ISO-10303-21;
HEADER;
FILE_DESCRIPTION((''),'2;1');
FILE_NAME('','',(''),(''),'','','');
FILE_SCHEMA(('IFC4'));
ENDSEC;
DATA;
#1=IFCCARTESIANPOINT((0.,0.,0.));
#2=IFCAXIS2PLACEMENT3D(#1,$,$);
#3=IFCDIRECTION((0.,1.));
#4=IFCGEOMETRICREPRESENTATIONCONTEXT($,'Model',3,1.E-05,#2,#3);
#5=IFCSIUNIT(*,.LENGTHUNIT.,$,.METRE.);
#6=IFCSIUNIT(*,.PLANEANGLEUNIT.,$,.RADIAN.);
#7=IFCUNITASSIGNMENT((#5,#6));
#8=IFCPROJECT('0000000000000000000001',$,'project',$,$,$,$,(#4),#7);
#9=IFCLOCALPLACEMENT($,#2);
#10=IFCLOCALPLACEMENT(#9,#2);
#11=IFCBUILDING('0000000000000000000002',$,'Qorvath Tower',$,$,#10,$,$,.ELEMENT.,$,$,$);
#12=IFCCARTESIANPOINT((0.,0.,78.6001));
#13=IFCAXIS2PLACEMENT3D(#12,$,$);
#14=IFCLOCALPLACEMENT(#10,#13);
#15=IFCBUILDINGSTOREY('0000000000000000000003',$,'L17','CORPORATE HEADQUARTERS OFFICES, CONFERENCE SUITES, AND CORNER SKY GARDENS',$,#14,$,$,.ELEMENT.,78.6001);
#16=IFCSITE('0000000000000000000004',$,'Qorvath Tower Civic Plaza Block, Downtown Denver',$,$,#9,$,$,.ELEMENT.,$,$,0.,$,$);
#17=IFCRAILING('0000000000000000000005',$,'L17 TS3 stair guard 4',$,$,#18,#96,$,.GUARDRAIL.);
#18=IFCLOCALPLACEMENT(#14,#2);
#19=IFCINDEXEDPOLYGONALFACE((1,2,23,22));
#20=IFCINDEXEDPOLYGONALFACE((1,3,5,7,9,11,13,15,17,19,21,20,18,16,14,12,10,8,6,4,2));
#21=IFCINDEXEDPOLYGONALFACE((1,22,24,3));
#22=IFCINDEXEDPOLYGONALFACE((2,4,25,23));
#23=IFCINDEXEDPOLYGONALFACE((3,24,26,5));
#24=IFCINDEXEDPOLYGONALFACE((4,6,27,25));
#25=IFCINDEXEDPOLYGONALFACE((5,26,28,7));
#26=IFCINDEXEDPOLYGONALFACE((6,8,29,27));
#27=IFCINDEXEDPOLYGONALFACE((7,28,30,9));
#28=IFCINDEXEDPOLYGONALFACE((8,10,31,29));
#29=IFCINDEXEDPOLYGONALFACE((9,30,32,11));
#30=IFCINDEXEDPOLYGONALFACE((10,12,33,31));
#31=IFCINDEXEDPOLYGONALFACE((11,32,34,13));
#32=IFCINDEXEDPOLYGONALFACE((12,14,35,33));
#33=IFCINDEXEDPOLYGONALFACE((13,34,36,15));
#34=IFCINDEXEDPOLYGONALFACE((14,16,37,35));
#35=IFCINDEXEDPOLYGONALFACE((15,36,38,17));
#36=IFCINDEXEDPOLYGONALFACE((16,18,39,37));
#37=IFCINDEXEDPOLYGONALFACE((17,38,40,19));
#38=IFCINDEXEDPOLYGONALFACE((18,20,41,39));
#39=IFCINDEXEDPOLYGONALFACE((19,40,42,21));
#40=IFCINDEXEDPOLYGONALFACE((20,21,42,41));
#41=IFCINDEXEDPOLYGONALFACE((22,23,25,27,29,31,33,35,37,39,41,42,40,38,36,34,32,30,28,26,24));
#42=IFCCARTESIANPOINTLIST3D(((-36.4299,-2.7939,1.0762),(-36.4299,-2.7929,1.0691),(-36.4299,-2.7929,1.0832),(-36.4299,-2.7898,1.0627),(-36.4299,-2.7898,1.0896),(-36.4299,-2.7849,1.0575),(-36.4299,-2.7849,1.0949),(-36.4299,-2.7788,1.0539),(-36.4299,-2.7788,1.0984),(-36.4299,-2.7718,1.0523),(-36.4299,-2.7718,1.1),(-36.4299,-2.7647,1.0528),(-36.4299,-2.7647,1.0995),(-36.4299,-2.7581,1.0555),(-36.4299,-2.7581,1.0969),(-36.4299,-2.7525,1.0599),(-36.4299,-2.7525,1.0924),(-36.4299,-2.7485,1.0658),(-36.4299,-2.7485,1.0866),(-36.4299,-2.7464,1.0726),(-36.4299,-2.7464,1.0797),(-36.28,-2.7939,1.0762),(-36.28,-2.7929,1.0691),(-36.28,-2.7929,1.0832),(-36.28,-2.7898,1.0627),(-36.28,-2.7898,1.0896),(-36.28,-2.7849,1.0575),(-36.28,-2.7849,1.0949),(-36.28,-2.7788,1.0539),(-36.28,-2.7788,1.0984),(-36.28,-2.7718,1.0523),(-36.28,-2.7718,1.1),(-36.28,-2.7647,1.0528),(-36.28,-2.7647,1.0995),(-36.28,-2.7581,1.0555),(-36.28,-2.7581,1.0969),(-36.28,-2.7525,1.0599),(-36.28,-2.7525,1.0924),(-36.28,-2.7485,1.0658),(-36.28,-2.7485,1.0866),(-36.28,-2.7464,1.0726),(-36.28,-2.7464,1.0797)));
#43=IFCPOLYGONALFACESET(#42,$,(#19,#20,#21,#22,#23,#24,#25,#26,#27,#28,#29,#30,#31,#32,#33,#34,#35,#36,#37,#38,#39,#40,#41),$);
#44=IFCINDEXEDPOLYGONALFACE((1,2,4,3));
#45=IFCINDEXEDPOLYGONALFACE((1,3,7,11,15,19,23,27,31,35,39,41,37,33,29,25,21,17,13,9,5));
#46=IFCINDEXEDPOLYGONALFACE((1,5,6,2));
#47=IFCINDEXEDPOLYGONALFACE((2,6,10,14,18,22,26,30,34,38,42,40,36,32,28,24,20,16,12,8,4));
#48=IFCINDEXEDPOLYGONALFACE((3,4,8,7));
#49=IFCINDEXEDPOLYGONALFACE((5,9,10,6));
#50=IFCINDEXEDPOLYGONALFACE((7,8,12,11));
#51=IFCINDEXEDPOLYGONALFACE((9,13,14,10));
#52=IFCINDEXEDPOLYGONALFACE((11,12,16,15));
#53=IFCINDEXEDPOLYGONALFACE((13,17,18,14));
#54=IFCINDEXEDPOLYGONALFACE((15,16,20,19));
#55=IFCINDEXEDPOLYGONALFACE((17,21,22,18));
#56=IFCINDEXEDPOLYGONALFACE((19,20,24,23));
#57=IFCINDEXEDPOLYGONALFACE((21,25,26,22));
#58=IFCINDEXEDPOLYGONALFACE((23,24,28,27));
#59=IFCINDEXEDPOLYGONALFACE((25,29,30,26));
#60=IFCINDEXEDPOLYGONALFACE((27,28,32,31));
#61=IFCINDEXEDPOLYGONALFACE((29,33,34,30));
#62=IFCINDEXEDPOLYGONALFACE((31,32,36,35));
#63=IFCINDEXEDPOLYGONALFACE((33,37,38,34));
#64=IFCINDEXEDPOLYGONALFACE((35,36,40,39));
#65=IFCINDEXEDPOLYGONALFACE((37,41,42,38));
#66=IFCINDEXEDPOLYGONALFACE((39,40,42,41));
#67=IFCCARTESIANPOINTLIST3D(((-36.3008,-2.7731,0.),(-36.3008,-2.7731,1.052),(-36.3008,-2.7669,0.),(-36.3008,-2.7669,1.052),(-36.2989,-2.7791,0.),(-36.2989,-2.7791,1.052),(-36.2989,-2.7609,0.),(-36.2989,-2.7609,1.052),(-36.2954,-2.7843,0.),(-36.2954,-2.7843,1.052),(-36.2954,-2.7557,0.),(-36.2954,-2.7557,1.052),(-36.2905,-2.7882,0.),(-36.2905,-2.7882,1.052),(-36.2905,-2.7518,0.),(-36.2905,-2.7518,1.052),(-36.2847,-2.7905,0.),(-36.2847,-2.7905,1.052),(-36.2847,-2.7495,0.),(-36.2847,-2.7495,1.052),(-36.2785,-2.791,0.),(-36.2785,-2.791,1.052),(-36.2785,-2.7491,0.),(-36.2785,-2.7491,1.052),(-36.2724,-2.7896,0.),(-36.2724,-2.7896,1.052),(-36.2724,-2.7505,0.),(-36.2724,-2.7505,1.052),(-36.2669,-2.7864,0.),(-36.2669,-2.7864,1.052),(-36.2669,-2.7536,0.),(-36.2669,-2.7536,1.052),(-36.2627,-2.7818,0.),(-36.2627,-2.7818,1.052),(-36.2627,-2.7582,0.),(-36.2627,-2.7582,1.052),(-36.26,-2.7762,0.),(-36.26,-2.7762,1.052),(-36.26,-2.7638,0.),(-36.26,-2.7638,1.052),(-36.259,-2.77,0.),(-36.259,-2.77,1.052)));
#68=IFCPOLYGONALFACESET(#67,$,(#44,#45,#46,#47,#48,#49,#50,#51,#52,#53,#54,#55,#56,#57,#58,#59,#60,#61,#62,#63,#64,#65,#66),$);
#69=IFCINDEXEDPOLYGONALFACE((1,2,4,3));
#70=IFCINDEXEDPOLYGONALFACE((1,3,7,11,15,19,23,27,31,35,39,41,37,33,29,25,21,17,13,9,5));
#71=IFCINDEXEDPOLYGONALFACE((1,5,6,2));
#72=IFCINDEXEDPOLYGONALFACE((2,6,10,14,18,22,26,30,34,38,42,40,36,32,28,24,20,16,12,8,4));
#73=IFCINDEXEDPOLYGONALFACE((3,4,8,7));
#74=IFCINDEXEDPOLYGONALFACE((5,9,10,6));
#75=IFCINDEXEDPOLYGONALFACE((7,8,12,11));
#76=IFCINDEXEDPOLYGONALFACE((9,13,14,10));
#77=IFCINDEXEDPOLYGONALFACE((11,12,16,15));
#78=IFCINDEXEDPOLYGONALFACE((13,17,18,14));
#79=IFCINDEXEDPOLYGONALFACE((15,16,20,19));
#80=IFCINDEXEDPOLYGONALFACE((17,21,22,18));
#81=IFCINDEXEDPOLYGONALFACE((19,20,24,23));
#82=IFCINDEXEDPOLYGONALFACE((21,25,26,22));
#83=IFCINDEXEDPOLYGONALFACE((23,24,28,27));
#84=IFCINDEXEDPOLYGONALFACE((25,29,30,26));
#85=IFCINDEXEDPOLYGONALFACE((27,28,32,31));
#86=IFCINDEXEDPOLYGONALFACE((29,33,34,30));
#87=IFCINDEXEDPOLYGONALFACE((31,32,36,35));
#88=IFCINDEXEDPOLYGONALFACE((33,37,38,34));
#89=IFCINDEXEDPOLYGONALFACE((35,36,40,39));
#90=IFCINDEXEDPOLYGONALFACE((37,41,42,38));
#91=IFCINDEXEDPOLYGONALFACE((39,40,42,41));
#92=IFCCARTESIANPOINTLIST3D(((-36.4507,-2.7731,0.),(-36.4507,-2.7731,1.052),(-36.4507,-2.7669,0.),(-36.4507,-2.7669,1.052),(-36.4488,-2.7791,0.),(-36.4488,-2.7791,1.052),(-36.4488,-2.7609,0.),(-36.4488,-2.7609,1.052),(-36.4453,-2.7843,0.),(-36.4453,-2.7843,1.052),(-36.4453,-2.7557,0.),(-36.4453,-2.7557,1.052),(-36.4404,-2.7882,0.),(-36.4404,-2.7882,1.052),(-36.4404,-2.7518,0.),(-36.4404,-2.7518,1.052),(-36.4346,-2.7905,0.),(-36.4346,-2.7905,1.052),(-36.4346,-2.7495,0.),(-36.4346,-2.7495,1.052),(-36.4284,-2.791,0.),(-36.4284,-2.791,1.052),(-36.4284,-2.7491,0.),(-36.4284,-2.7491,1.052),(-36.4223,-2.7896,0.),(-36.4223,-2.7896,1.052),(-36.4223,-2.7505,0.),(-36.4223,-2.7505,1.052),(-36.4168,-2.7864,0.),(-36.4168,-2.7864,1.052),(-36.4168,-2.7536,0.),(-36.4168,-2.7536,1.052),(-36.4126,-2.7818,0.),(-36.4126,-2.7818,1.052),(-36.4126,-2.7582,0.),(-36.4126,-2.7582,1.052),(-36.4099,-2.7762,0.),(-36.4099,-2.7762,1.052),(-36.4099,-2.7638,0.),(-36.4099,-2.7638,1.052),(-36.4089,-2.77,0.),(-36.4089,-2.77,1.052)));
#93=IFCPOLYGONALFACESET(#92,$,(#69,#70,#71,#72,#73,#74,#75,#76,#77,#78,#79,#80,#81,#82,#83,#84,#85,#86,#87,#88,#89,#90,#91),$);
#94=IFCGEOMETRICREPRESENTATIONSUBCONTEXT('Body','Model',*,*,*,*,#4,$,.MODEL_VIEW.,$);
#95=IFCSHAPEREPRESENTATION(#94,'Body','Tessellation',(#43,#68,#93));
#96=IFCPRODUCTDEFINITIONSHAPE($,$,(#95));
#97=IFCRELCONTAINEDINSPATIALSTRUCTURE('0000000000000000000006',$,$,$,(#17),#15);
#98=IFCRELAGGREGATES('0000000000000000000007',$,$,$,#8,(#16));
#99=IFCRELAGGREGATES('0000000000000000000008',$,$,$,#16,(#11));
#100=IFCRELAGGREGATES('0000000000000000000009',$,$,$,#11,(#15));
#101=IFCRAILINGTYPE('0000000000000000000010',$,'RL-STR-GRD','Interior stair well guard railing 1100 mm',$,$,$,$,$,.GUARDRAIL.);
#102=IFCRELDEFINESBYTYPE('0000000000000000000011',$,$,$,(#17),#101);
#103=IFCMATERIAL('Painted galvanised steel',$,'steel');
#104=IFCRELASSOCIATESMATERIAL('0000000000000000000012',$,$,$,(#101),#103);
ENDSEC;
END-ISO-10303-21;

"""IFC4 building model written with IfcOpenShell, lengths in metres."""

from ifc_helpers import new_model, si_unit, direction, frame, origin, origin_2d, place, context, subcontext, project, spatial, circle, extrude, material, type_object, element, save


model = new_model("IFC4")

# Units and contexts
model_context = context("Model", 3, precision=1e-05, world=origin(), true_north=direction((0.0, 1.0)))
body_context = subcontext(model_context, "Body", "Model", "MODEL_VIEW")
ifc_project = project(units=[si_unit("LENGTHUNIT", "METRE"), si_unit("PLANEANGLEUNIT", "RADIAN")], contexts=[model_context])

# Site, building, storey
site_placement = place(None, origin())
site = spatial("IfcSite", under=ifc_project, at=site_placement, Name="Qorvath Tower Civic Plaza Block, Downtown Denver", CompositionType="ELEMENT", RefElevation=0.0)
building_placement = place(site_placement, origin())
building = spatial("IfcBuilding", under=site, at=building_placement, Name="Qorvath Tower", CompositionType="ELEMENT")
storey_placement = place(building_placement, frame((0.0, 0.0, 78.6001)))
storey = spatial("IfcBuildingStorey", under=building, at=storey_placement, Name="L17", Description="CORPORATE HEADQUARTERS OFFICES, CONFERENCE SUITES, AND CORNER SKY GARDENS", CompositionType="ELEMENT", Elevation=78.6001)

# Railing
ifc_material_1 = material(Name="Painted galvanised steel", Category="steel")
railing_type_1 = type_object("IfcRailingType", Name="RL-STR-GRD", Description="Interior stair well guard railing 1100 mm", PredefinedType="GUARDRAIL", material=ifc_material_1)
railing_1_placement = place(storey_placement, frame((-36.28, -2.77, 0.0)))
element("IfcRailing", 1, at=railing_1_placement, inside=storey, type_object=railing_type_1, Name="L17 TS3 stair guard 4", PredefinedType="GUARDRAIL", context=body_context, shape_type="SweptSolid", body=[
    extrude(circle(Radius=0.0239, at=origin_2d()), frame((0.0, 0.0, 1.0762), z_axis=(-1.0, 0.0, 0.0), x_axis=(0.0, -1.0, 0.0)), (0.0, 0.0, 1.0), 0.1499),
    extrude(circle(Radius=0.021, at=origin_2d()), origin(), (0.0, 0.0, 1.0), 1.052),
    extrude(circle(Radius=0.021, at=origin_2d()), frame((-0.1499, 0.0, 0.0)), (0.0, 0.0, 1.0), 1.052),
])

save(model, "model.ifc")
